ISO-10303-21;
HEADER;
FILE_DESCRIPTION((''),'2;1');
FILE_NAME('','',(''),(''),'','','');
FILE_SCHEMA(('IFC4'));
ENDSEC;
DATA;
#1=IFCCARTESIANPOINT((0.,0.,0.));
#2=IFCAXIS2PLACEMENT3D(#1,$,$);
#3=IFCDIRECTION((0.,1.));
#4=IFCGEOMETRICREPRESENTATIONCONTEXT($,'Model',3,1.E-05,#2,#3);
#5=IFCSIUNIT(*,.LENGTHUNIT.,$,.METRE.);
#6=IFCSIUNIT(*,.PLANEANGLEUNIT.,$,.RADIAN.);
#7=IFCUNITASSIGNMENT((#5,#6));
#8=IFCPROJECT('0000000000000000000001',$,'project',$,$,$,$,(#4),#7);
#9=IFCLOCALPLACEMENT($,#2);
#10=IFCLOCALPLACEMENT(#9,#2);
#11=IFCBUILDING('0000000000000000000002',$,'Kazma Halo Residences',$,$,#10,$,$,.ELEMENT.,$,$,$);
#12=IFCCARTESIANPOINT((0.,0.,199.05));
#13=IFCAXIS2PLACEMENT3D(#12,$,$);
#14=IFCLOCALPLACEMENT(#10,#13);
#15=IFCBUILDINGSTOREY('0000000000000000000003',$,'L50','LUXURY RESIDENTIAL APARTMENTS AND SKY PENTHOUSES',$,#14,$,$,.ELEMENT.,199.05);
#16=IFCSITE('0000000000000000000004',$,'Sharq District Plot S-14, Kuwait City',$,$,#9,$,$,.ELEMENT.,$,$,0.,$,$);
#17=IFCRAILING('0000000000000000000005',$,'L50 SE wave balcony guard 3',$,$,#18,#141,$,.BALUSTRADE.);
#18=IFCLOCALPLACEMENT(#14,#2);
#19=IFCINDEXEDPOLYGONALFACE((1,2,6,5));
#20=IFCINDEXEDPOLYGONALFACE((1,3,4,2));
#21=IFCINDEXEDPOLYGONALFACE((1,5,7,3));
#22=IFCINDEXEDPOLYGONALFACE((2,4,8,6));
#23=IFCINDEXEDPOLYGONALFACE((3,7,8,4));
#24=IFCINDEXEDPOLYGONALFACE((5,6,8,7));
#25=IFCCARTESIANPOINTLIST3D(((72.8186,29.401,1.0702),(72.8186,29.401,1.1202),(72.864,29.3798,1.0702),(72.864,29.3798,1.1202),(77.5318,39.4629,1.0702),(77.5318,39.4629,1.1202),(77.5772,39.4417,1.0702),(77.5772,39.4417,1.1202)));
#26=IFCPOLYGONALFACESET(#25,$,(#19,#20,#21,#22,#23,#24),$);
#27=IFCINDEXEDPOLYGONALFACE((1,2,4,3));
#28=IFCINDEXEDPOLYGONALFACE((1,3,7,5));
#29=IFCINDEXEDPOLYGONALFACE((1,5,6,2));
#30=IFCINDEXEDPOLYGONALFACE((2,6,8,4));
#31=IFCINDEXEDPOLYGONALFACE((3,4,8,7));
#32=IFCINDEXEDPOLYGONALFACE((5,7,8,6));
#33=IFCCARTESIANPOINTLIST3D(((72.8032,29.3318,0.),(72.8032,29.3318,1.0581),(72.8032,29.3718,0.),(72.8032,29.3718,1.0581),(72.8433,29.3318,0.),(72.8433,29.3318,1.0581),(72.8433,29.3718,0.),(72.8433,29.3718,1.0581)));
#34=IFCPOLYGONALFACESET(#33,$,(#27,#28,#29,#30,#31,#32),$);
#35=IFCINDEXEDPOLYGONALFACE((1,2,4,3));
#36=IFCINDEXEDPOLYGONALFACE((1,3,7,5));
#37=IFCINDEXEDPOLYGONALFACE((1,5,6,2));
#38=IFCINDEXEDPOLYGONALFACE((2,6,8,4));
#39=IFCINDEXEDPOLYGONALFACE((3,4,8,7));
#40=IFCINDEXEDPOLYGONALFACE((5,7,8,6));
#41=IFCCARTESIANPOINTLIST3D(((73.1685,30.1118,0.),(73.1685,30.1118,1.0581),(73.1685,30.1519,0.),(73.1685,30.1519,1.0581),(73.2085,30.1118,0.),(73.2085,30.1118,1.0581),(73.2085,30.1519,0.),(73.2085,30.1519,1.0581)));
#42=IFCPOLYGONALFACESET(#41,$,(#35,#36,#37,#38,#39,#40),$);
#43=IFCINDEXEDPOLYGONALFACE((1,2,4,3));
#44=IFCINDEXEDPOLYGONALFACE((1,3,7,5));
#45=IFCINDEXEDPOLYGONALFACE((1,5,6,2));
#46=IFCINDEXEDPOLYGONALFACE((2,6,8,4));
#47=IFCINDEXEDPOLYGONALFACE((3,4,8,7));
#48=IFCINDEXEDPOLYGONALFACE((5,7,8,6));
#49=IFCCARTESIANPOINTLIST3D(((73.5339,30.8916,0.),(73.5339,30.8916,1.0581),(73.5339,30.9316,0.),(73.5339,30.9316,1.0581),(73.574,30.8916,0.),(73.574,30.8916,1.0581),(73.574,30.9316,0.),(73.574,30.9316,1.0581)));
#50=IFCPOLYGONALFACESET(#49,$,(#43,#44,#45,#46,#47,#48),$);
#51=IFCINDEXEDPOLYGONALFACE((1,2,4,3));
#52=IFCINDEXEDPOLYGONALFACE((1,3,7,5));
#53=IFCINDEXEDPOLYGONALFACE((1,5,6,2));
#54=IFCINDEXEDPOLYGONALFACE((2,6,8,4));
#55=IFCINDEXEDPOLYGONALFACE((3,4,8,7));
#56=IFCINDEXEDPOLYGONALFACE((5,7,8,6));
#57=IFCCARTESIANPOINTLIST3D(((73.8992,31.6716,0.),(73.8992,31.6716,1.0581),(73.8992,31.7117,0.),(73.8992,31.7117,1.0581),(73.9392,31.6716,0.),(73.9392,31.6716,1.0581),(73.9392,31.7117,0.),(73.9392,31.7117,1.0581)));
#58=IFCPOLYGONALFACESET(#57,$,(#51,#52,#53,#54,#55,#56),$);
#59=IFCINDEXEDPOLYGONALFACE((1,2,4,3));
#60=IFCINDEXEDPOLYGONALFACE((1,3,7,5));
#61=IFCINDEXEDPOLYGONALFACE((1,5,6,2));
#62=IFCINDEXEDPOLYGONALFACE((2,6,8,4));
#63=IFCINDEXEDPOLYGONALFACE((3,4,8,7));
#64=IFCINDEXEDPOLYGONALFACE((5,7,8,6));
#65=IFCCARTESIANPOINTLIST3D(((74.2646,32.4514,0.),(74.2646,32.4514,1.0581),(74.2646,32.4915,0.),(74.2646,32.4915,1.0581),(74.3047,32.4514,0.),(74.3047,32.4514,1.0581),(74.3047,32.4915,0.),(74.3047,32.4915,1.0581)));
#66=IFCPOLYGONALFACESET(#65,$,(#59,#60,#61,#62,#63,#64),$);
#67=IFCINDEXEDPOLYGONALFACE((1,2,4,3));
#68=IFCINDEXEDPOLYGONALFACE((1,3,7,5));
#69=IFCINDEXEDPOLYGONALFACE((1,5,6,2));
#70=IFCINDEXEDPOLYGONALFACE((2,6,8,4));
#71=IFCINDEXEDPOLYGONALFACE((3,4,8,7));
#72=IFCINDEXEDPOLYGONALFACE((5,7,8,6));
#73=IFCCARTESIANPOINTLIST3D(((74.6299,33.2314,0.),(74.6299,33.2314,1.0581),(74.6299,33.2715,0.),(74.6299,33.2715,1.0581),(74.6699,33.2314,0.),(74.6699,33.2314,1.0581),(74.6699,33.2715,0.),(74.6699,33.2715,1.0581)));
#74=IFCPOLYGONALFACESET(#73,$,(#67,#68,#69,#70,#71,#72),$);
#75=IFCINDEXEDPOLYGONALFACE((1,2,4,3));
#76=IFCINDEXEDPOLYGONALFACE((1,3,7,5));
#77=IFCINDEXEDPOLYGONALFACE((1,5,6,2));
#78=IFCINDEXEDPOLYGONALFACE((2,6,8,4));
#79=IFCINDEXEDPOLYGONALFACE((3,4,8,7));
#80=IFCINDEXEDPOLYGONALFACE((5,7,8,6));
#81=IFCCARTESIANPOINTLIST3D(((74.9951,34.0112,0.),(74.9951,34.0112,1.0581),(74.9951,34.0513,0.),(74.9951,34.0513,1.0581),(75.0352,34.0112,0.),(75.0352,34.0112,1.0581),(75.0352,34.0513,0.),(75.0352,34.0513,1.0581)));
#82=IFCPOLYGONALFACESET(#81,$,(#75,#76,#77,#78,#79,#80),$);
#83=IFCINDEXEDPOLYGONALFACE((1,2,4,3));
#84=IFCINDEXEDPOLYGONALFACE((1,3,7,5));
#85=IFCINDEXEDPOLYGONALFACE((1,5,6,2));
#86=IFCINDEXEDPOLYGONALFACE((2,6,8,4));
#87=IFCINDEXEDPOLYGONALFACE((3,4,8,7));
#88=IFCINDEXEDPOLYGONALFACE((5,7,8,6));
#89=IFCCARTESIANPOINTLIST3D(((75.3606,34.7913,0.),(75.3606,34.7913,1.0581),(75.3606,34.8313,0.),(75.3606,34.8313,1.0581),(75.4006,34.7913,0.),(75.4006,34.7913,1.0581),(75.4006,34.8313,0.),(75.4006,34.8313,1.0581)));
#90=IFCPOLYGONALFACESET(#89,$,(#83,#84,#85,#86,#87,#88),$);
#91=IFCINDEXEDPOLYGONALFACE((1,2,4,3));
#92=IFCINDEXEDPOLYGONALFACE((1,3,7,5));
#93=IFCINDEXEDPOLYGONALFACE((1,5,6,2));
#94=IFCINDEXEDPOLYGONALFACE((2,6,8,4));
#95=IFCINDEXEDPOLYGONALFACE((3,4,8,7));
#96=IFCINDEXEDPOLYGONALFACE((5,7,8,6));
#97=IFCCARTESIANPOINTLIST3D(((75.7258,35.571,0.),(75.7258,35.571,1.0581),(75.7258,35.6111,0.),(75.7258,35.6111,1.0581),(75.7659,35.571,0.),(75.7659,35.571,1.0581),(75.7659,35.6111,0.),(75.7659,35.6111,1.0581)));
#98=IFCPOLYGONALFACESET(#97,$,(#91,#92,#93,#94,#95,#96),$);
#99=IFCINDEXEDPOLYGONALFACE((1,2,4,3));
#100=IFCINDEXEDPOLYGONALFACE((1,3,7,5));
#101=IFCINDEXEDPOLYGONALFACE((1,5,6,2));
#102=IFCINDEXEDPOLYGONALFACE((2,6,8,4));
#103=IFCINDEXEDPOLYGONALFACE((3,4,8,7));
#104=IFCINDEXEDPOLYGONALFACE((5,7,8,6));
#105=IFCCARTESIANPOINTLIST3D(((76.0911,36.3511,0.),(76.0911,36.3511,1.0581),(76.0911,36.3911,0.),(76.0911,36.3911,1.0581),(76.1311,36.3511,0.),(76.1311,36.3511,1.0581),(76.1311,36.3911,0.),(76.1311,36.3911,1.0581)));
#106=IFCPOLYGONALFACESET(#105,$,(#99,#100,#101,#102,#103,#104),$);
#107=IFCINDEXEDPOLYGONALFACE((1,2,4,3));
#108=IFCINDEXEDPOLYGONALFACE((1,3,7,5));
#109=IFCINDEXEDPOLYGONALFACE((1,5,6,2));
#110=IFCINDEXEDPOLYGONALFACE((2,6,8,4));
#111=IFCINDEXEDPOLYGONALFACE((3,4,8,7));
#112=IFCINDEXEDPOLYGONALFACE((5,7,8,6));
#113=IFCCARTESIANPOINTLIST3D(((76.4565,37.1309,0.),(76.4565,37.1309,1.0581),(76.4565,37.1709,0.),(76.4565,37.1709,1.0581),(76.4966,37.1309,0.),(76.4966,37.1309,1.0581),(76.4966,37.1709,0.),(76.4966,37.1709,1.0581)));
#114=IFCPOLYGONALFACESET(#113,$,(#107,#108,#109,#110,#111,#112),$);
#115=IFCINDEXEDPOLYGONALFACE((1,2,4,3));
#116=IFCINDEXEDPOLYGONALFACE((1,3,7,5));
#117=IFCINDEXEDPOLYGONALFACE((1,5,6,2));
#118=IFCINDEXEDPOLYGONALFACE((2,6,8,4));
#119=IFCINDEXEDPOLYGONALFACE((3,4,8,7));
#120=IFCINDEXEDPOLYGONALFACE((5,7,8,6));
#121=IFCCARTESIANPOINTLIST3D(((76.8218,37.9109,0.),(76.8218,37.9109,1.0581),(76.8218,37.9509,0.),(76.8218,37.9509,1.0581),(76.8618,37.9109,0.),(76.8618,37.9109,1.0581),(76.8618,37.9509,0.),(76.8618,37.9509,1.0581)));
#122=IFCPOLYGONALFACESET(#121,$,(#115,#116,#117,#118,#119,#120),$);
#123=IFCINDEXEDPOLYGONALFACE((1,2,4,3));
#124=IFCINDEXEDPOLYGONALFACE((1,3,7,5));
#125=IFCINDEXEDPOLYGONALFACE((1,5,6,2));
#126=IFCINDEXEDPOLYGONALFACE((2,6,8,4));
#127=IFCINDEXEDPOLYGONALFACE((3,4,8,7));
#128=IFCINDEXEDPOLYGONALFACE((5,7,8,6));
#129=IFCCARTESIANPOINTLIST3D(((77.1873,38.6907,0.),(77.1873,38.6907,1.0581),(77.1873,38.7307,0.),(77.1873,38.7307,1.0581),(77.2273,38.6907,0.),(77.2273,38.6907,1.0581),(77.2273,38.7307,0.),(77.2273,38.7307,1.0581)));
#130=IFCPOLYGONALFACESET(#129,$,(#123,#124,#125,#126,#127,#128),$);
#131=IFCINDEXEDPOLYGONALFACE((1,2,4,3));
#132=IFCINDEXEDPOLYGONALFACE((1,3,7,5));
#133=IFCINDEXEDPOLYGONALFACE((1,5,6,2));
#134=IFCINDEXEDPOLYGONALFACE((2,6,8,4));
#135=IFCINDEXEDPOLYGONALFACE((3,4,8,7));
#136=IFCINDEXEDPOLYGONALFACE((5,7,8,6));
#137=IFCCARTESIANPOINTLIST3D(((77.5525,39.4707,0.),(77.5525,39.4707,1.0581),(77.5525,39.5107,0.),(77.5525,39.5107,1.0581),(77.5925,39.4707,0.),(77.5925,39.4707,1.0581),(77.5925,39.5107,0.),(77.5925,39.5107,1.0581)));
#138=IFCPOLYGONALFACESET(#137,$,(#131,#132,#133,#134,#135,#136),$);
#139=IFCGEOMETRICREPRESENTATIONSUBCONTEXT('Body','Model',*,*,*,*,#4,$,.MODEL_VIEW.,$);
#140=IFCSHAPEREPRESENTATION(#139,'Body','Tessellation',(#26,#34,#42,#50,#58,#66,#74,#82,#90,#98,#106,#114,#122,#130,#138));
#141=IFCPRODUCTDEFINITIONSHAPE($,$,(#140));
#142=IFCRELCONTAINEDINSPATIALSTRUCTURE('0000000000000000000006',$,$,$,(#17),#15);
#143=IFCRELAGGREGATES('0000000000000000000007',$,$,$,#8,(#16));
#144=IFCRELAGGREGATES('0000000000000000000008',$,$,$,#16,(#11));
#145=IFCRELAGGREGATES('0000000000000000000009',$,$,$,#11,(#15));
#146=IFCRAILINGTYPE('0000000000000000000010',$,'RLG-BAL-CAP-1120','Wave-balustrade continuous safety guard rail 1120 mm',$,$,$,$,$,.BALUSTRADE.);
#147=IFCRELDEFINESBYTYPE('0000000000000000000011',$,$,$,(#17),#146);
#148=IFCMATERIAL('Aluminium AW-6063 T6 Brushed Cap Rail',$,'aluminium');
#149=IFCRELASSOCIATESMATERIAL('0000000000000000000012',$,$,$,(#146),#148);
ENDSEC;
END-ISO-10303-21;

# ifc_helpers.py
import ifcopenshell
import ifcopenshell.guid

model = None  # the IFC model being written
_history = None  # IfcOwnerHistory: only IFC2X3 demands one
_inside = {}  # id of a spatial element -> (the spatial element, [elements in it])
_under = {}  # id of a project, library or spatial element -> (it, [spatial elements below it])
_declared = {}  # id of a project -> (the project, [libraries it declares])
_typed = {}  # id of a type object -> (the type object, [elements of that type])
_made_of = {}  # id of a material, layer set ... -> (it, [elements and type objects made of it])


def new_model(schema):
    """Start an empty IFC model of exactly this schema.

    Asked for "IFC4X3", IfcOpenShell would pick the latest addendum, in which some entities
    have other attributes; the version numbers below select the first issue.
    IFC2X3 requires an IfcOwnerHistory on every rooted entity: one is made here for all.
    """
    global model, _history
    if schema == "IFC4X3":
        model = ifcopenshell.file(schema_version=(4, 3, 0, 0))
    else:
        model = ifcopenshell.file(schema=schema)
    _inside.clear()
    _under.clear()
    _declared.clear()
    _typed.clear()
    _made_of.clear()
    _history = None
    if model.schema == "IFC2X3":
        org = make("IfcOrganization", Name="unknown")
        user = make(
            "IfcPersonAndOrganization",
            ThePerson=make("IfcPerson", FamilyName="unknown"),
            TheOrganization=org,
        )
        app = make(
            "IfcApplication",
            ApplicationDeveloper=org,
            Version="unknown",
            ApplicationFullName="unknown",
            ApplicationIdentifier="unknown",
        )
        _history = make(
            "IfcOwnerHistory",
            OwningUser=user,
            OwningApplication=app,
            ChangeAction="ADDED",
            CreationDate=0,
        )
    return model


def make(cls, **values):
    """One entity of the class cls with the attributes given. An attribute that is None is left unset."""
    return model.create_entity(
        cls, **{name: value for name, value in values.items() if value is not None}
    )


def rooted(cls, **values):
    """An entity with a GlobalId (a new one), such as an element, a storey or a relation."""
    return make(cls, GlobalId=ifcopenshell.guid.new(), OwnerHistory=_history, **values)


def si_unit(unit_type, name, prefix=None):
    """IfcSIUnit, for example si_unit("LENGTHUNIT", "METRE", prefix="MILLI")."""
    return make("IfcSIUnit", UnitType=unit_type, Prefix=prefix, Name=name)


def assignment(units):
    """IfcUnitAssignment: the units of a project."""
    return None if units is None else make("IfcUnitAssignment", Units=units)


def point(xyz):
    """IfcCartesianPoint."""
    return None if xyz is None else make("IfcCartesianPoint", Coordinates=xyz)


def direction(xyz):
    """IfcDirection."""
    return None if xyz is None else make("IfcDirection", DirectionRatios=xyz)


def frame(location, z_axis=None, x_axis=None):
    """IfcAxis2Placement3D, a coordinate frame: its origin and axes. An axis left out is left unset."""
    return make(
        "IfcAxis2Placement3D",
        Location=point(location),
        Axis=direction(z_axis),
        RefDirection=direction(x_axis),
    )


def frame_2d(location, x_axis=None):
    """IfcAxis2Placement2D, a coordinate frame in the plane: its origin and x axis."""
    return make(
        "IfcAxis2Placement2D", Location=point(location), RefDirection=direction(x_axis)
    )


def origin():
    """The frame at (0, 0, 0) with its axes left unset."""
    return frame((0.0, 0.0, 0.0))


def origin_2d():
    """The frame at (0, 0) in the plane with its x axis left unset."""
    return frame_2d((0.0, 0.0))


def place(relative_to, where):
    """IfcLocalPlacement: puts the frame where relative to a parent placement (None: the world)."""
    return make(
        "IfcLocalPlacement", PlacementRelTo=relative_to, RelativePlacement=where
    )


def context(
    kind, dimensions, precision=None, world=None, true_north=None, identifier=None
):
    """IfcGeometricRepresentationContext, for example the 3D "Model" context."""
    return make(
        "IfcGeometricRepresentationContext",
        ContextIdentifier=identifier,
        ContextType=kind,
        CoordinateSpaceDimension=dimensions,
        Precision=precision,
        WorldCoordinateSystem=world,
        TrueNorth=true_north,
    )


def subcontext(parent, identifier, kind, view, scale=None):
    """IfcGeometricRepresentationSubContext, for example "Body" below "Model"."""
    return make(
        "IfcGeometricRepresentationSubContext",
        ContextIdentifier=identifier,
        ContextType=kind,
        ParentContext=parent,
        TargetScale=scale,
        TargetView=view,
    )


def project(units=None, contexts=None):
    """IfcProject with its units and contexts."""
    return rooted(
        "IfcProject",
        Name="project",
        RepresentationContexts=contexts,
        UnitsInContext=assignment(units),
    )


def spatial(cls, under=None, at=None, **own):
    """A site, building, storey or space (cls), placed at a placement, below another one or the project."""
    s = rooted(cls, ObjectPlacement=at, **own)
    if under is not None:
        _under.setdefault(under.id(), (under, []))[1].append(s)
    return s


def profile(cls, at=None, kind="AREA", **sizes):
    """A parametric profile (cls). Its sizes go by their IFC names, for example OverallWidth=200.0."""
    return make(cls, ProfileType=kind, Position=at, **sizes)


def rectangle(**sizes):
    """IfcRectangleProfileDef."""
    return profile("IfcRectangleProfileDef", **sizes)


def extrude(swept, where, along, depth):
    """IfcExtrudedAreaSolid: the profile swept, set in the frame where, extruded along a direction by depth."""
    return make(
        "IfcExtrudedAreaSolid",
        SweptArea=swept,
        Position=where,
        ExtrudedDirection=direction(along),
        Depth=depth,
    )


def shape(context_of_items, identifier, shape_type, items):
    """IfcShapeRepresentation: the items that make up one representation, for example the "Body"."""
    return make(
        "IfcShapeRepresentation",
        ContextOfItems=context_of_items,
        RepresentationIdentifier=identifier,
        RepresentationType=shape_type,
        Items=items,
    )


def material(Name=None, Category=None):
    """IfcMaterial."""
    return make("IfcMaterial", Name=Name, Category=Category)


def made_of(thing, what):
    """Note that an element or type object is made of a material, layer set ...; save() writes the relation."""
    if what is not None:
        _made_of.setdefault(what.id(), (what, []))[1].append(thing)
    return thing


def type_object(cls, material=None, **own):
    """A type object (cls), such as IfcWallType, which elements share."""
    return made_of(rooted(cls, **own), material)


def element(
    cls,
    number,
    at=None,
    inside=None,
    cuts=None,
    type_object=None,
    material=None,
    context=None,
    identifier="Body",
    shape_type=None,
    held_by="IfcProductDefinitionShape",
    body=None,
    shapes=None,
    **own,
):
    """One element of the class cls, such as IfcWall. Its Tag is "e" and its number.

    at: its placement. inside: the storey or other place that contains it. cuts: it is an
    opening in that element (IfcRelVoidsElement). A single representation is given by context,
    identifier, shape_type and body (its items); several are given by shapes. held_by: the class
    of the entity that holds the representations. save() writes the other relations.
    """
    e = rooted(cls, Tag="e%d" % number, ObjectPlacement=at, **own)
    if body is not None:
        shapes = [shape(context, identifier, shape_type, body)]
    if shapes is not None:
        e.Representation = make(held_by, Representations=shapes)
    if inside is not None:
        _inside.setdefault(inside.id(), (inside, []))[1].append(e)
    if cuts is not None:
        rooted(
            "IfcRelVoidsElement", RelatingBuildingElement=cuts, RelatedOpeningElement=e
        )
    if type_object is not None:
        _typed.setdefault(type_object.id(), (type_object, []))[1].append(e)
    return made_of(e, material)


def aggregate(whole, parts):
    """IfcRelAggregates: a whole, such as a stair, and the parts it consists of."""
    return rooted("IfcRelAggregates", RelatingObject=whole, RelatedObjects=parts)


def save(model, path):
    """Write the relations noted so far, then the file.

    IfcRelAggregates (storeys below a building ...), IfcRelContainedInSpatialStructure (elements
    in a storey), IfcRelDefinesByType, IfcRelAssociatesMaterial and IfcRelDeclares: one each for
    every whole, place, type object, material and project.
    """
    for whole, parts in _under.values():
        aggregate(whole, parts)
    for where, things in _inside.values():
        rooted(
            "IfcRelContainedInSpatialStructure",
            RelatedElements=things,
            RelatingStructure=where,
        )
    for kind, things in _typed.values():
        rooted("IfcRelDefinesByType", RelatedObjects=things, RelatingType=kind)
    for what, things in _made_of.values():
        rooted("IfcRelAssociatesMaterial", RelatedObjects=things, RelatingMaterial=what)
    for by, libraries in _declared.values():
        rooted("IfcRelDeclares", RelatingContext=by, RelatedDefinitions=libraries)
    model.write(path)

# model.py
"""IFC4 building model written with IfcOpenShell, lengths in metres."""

from ifc_helpers import new_model, si_unit, direction, frame, origin, origin_2d, place, context, subcontext, project, spatial, rectangle, extrude, material, type_object, element, save


model = new_model("IFC4")

# Units and contexts
model_context = context("Model", 3, precision=1e-05, world=origin(), true_north=direction((0.0, 1.0)))
body_context = subcontext(model_context, "Body", "Model", "MODEL_VIEW")
ifc_project = project(units=[si_unit("LENGTHUNIT", "METRE"), si_unit("PLANEANGLEUNIT", "RADIAN")], contexts=[model_context])

# Site, building, storey
site_placement = place(None, origin())
site = spatial("IfcSite", under=ifc_project, at=site_placement, Name="Sharq District Plot S-14, Kuwait City", CompositionType="ELEMENT", RefElevation=0.0)
building_placement = place(site_placement, origin())
building = spatial("IfcBuilding", under=site, at=building_placement, Name="Kazma Halo Residences", CompositionType="ELEMENT")
storey_placement = place(building_placement, frame((0.0, 0.0, 199.05)))
storey = spatial("IfcBuildingStorey", under=building, at=storey_placement, Name="L50", Description="LUXURY RESIDENTIAL APARTMENTS AND SKY PENTHOUSES", CompositionType="ELEMENT", Elevation=199.05)

# Railing
ifc_material_1 = material(Name="Aluminium AW-6063 T6 Brushed Cap Rail", Category="aluminium")
railing_type = type_object("IfcRailingType", Name="RLG-BAL-CAP-1120", Description="Wave-balustrade continuous safety guard rail 1120 mm", PredefinedType="BALUSTRADE", material=ifc_material_1)
railing_1_placement = place(storey_placement, frame((72.8232, 29.3518, 0.0)))
element("IfcRailing", 1, at=railing_1_placement, inside=storey, type_object=railing_type, Name="L50 SE wave balcony guard 3", PredefinedType="BALUSTRADE", context=body_context, shape_type="SweptSolid", body=[
    extrude(rectangle(XDim=0.05, YDim=0.05, at=origin_2d()), frame((0.0181, 0.0386, 1.0952), z_axis=(0.424189, 0.905574, 0.0), x_axis=(-0.905574, 0.424189, 0.0)), (0.0, 0.0, 1.0), 11.1111),
    extrude(rectangle(XDim=0.04, YDim=0.04, at=origin_2d()), origin(), (0.0, 0.0, 1.0), 1.0581),
    extrude(rectangle(XDim=0.04, YDim=0.04, at=origin_2d()), frame((0.3652, 0.78, 0.0)), (0.0, 0.0, 1.0), 1.0581),
    extrude(rectangle(XDim=0.04, YDim=0.04, at=origin_2d()), frame((0.7307, 1.5598, 0.0)), (0.0, 0.0, 1.0), 1.0581),
    extrude(rectangle(XDim=0.04, YDim=0.04, at=origin_2d()), frame((1.0959, 2.3398, 0.0)), (0.0, 0.0, 1.0), 1.0581),
    extrude(rectangle(XDim=0.04, YDim=0.04, at=origin_2d()), frame((1.4614, 3.1196, 0.0)), (0.0, 0.0, 1.0), 1.0581),
    extrude(rectangle(XDim=0.04, YDim=0.04, at=origin_2d()), frame((1.8267, 3.8997, 0.0)), (0.0, 0.0, 1.0), 1.0581),
    extrude(rectangle(XDim=0.04, YDim=0.04, at=origin_2d()), frame((2.1919, 4.6794, 0.0)), (0.0, 0.0, 1.0), 1.0581),
    extrude(rectangle(XDim=0.04, YDim=0.04, at=origin_2d()), frame((2.5574, 5.4595, 0.0)), (0.0, 0.0, 1.0), 1.0581),
    extrude(rectangle(XDim=0.04, YDim=0.04, at=origin_2d()), frame((2.9226, 6.2393, 0.0)), (0.0, 0.0, 1.0), 1.0581),
    extrude(rectangle(XDim=0.04, YDim=0.04, at=origin_2d()), frame((3.2878, 7.0193, 0.0)), (0.0, 0.0, 1.0), 1.0581),
    extrude(rectangle(XDim=0.04, YDim=0.04, at=origin_2d()), frame((3.6533, 7.7991, 0.0)), (0.0, 0.0, 1.0), 1.0581),
    extrude(rectangle(XDim=0.04, YDim=0.04, at=origin_2d()), frame((4.0186, 8.5791, 0.0)), (0.0, 0.0, 1.0), 1.0581),
    extrude(rectangle(XDim=0.04, YDim=0.04, at=origin_2d()), frame((4.384, 9.3589, 0.0)), (0.0, 0.0, 1.0), 1.0581),
    extrude(rectangle(XDim=0.04, YDim=0.04, at=origin_2d()), frame((4.7493, 10.1389, 0.0)), (0.0, 0.0, 1.0), 1.0581),
])

save(model, "model.ifc")
